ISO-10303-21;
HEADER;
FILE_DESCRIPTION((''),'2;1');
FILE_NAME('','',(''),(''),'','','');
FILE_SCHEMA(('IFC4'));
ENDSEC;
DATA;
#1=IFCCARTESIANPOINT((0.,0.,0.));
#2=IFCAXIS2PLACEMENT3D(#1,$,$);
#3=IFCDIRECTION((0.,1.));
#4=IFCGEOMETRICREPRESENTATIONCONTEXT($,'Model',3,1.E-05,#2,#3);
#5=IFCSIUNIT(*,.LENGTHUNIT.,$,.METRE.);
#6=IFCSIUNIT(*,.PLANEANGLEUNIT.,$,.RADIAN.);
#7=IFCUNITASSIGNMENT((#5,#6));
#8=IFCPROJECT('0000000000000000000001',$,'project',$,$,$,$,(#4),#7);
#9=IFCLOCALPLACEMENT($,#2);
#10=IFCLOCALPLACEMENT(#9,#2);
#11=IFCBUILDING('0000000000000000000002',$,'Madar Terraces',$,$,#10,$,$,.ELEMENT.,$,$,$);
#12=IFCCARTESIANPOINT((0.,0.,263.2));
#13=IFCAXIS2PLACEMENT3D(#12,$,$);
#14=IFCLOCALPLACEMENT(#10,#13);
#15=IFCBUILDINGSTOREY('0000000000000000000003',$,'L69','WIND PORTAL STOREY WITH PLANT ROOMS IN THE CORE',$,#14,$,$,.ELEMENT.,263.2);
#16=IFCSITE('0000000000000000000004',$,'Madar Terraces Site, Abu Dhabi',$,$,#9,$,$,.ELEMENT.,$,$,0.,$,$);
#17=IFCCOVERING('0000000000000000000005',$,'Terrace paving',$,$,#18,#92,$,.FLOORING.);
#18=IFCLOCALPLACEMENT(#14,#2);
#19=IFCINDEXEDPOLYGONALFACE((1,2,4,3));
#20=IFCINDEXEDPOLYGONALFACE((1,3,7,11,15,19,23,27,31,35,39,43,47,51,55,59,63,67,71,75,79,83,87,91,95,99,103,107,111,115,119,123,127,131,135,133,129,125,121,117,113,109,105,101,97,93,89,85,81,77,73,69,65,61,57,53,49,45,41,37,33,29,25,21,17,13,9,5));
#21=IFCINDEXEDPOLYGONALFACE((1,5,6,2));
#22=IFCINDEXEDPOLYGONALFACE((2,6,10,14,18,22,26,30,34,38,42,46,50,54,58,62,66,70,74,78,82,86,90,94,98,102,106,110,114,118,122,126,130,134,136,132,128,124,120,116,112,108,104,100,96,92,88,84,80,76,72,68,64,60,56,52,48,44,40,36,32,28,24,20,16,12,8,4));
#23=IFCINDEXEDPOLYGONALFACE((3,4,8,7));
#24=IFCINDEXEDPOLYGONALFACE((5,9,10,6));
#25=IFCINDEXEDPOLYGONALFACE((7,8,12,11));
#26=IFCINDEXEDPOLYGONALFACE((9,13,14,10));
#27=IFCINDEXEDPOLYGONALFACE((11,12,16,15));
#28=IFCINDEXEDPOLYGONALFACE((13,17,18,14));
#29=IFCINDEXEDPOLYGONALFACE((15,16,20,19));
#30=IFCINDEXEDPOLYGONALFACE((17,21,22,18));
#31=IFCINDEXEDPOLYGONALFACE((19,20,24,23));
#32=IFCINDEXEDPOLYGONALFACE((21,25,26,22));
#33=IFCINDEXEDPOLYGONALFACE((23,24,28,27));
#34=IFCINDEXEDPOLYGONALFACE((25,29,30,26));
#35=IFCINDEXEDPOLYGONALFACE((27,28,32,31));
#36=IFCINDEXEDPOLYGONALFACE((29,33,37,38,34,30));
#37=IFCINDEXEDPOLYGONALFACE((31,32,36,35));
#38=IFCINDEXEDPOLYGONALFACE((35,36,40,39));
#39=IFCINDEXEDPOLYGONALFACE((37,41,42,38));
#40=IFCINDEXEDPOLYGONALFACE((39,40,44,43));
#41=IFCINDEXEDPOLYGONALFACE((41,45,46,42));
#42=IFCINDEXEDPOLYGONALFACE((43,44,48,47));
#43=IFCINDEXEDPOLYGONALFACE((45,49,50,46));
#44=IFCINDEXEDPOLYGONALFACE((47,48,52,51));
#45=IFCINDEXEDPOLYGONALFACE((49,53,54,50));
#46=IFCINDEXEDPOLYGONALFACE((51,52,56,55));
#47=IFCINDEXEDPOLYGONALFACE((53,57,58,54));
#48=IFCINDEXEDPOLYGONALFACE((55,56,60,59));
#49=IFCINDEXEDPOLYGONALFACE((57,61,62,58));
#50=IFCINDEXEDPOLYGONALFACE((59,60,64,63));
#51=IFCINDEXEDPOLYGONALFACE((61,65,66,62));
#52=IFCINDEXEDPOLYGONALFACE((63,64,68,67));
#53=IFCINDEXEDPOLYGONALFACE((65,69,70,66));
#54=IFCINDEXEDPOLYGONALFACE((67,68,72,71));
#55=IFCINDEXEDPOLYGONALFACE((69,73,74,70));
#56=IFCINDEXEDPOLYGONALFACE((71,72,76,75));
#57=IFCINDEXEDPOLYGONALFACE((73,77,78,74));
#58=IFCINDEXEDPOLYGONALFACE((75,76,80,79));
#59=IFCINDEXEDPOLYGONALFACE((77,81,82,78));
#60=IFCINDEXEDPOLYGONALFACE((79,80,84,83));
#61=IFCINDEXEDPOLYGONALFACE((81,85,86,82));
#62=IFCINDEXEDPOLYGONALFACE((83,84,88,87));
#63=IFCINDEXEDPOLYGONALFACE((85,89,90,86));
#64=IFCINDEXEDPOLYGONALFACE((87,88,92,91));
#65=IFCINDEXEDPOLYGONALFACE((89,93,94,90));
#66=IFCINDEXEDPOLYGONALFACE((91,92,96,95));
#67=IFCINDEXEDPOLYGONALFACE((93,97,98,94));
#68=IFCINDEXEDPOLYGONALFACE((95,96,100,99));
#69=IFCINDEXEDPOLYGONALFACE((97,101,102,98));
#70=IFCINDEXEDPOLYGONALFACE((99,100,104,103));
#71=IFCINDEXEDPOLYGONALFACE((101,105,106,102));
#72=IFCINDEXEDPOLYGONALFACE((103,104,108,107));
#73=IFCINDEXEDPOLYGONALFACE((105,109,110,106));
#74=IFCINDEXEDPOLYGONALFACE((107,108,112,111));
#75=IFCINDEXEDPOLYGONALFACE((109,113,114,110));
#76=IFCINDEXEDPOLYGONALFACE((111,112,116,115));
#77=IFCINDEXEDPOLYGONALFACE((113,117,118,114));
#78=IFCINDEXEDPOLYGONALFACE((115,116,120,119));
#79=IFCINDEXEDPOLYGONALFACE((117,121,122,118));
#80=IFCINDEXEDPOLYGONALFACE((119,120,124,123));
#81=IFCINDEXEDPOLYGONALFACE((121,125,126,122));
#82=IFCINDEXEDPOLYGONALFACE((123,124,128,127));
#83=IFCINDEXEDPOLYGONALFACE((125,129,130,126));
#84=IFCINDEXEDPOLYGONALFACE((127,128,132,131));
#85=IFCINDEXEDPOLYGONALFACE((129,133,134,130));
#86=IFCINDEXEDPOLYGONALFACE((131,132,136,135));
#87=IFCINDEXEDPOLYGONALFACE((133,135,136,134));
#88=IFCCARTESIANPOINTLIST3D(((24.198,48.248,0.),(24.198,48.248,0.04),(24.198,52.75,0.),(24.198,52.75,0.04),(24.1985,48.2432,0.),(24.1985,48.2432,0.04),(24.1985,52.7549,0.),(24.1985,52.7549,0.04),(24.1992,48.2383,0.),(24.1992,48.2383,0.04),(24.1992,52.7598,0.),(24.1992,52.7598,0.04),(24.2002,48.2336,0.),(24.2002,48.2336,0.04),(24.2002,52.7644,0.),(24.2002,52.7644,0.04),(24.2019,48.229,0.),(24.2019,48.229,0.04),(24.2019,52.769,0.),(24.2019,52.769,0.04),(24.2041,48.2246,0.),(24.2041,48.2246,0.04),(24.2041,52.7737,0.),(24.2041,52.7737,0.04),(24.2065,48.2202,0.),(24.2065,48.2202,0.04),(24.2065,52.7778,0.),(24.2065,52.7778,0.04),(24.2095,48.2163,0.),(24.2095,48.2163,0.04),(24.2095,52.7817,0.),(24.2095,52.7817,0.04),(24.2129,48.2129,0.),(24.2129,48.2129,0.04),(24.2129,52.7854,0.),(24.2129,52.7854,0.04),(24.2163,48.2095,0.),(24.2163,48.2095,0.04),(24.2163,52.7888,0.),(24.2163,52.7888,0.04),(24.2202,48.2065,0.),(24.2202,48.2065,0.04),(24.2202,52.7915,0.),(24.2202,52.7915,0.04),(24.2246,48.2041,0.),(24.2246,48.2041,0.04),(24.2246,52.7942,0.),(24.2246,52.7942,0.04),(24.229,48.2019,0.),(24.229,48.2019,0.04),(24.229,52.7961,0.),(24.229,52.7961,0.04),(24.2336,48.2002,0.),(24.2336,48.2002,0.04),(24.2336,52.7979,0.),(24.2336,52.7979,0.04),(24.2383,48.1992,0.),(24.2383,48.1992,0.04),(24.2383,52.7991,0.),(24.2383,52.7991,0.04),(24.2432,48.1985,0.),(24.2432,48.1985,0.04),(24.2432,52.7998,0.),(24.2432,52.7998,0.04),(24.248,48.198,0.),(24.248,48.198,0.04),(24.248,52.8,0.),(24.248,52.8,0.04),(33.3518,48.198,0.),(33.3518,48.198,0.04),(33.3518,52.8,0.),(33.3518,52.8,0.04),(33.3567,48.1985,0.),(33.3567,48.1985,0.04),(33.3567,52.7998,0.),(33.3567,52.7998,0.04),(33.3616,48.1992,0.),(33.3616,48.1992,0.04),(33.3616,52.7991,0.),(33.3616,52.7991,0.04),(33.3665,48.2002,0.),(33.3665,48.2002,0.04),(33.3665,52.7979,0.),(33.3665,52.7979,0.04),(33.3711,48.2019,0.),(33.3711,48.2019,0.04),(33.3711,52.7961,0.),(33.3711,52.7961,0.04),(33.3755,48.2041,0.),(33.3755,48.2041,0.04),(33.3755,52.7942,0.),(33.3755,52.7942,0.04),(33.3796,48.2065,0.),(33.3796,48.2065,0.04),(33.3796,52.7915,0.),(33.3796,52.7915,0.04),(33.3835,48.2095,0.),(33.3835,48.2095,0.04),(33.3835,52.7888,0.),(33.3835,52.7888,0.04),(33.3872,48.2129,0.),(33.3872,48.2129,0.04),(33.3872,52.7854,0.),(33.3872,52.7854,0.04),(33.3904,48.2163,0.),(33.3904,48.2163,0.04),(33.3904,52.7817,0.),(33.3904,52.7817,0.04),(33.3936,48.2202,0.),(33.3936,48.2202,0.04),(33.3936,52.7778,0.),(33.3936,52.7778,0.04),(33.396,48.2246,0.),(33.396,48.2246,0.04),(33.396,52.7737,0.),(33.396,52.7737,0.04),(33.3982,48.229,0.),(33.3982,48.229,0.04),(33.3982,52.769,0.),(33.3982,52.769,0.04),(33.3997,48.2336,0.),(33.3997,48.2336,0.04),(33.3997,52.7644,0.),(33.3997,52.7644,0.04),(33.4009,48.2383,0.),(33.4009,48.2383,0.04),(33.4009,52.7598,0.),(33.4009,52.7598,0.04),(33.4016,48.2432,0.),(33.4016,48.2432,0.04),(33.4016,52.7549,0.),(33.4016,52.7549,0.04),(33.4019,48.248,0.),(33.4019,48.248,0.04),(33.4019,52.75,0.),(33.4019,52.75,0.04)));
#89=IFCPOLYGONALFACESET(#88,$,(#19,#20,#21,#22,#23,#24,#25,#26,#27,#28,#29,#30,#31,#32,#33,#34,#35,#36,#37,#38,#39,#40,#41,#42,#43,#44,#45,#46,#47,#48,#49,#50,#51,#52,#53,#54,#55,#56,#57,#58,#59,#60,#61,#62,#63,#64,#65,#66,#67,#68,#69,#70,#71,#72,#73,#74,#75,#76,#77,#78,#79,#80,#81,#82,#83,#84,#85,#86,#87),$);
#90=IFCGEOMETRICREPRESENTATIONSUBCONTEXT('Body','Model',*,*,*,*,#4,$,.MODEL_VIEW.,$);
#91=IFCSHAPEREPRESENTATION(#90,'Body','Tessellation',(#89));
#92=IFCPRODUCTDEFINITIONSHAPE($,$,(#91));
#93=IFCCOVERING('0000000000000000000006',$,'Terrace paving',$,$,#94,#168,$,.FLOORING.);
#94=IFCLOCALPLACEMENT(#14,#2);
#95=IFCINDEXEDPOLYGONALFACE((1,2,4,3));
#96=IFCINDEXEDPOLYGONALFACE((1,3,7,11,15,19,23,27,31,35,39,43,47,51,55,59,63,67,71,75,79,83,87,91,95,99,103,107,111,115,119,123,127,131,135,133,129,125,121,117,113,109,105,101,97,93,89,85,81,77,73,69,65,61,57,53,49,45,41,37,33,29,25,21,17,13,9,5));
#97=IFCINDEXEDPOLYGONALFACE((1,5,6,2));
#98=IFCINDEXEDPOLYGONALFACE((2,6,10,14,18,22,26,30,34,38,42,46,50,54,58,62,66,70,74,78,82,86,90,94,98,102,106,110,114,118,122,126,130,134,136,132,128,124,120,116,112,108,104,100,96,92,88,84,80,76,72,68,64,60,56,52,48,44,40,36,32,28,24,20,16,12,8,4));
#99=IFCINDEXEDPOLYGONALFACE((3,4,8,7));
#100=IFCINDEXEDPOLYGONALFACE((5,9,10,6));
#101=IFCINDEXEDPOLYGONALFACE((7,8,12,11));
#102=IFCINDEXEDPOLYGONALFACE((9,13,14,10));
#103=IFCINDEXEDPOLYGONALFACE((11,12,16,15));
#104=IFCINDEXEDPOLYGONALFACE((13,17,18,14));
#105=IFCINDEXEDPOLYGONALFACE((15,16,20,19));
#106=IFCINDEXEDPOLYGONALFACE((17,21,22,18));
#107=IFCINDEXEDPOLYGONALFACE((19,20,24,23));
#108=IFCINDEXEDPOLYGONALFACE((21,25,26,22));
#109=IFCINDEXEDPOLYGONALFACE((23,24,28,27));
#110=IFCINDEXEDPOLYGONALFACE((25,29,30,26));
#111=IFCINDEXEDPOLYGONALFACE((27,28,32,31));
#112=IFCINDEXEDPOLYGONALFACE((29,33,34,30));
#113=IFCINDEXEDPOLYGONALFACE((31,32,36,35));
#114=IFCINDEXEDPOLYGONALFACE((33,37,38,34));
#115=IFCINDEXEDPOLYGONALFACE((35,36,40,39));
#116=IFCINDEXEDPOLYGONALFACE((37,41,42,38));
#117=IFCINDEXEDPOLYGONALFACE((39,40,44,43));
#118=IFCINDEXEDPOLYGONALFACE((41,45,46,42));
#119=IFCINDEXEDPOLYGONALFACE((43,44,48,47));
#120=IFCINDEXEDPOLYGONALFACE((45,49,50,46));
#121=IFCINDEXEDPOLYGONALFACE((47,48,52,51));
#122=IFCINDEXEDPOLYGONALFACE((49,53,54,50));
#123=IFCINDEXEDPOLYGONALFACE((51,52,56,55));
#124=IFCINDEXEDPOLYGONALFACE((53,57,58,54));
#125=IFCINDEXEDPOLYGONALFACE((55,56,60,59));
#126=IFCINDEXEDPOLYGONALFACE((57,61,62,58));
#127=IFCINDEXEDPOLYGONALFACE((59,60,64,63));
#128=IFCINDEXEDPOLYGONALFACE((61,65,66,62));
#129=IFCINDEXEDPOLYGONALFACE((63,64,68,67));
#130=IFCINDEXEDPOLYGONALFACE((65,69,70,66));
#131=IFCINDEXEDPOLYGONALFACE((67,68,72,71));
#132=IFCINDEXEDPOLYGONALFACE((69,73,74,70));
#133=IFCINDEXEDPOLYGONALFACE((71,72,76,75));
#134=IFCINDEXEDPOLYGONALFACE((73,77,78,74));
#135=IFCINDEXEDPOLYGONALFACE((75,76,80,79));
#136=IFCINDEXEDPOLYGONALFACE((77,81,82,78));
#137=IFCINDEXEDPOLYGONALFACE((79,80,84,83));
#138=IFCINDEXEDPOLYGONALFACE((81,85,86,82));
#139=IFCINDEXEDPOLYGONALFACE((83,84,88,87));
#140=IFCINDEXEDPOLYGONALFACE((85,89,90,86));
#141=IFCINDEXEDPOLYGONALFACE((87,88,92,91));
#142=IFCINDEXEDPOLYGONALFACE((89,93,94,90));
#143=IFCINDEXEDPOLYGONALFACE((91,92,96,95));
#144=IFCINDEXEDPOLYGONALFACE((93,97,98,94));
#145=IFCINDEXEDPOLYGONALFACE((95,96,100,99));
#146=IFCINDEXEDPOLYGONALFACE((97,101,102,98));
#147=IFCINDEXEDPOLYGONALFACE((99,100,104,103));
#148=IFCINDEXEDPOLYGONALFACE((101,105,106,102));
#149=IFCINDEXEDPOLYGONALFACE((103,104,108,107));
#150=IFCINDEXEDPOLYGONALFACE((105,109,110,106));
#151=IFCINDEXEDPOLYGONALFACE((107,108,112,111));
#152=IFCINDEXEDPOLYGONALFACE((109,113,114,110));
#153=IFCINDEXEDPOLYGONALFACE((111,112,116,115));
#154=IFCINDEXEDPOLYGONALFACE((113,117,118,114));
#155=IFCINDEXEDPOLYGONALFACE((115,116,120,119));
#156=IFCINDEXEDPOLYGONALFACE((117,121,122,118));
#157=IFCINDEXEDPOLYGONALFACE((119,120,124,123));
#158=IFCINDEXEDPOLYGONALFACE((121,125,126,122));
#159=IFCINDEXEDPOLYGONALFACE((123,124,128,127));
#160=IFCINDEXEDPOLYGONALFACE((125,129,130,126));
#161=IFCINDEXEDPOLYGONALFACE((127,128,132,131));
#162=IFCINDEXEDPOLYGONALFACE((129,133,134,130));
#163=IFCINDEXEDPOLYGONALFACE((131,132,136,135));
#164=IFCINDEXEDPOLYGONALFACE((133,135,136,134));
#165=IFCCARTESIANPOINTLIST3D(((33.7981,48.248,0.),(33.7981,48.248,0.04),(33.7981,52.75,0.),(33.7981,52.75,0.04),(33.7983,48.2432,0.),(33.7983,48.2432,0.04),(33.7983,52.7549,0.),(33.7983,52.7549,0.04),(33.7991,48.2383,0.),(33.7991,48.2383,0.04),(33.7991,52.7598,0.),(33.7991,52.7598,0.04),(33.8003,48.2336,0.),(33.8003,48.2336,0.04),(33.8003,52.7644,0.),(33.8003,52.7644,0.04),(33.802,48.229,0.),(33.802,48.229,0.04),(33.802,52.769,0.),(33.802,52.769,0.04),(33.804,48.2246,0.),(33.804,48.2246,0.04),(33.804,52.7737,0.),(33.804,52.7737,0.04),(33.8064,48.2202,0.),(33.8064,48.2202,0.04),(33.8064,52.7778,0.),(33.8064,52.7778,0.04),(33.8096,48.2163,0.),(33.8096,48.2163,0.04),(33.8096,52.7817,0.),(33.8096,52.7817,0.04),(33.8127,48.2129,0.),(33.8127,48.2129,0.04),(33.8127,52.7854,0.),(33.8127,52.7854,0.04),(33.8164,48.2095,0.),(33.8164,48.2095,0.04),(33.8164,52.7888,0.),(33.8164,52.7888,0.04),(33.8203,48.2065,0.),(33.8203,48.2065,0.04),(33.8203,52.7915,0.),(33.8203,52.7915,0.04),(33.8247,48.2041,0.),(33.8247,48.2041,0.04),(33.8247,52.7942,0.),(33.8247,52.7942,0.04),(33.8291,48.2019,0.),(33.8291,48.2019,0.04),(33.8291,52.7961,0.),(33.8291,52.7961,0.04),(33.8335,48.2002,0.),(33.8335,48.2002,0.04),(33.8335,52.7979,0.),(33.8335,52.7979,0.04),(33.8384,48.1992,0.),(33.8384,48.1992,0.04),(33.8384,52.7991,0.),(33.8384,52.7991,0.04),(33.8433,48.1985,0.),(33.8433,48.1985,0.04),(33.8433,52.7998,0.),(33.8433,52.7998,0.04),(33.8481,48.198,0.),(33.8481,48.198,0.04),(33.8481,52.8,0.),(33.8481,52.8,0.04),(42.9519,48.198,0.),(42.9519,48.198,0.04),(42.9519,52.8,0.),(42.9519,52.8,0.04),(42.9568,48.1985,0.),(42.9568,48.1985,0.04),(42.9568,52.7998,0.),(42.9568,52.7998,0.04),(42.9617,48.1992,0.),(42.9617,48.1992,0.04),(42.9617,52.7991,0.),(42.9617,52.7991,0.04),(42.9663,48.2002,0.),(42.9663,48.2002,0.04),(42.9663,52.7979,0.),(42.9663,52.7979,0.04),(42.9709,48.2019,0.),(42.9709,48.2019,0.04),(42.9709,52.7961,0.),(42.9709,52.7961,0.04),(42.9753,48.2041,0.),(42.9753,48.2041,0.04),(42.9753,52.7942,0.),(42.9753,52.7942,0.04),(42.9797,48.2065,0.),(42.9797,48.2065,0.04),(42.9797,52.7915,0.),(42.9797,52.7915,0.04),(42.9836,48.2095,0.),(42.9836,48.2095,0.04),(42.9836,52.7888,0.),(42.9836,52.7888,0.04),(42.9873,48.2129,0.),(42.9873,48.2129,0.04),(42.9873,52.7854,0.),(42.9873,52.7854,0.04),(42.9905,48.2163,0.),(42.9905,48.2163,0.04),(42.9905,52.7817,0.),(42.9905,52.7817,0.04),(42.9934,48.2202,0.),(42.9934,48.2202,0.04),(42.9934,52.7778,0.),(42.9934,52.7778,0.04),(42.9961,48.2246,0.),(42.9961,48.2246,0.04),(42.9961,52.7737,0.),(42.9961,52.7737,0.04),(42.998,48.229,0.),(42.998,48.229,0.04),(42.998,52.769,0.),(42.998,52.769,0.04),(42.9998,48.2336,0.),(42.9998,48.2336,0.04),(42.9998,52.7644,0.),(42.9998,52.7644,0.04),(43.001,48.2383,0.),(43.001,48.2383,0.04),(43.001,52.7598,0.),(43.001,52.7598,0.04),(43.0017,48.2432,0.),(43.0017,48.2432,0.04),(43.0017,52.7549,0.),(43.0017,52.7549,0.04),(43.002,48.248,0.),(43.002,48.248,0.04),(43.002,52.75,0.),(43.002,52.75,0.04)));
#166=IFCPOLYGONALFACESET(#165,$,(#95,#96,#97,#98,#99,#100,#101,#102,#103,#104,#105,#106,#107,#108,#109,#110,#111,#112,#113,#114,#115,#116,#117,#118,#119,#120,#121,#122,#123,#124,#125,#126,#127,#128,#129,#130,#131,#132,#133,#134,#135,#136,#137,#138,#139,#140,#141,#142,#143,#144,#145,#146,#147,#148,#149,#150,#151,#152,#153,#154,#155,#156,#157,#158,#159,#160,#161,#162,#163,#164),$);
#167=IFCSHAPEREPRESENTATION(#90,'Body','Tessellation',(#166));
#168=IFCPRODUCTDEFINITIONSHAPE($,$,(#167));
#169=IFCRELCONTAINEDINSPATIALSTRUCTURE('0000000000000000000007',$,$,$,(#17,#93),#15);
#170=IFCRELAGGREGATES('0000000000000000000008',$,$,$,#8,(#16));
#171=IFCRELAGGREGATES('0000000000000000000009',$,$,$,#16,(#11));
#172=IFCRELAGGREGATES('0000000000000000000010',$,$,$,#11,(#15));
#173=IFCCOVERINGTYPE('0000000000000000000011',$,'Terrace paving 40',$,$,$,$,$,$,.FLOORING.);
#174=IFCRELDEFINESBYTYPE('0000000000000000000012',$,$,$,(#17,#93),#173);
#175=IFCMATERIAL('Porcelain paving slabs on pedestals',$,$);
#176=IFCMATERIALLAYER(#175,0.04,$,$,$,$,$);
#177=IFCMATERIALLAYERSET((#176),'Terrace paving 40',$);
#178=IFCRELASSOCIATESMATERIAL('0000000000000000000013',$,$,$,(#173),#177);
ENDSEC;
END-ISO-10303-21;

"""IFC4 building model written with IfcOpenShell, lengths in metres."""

from ifc_helpers import new_model, si_unit, direction, frame, origin, place, context, subcontext, project, spatial, polyline, outline, extrude, material, layer, layer_set, type_object, element, save


model = new_model("IFC4")

# Units and contexts
model_context = context("Model", 3, precision=1e-05, world=origin(), true_north=direction((0.0, 1.0)))
body_context = subcontext(model_context, "Body", "Model", "MODEL_VIEW")
ifc_project = project(units=[si_unit("LENGTHUNIT", "METRE"), si_unit("PLANEANGLEUNIT", "RADIAN")], contexts=[model_context])

# Site, building, storey
site_placement = place(None, origin())
site = spatial("IfcSite", under=ifc_project, at=site_placement, Name="Madar Terraces Site, Abu Dhabi", CompositionType="ELEMENT", RefElevation=0.0)
building_placement = place(site_placement, origin())
building = spatial("IfcBuilding", under=site, at=building_placement, Name="Madar Terraces", CompositionType="ELEMENT")
storey_placement = place(building_placement, frame((0.0, 0.0, 263.2)))
storey = spatial("IfcBuildingStorey", under=building, at=storey_placement, Name="L69", Description="WIND PORTAL STOREY WITH PLANT ROOMS IN THE CORE", CompositionType="ELEMENT", Elevation=263.2)

# Coverings
ifc_material_1 = material(Name="Porcelain paving slabs on pedestals")
ifc_layer_1 = layer(ifc_material_1, 0.04)
ifc_layer_set_1 = layer_set([ifc_layer_1], Name="Terrace paving 40")
covering_type = type_object("IfcCoveringType", Name="Terrace paving 40", PredefinedType="FLOORING", material=ifc_layer_set_1)
covering_1_placement = place(storey_placement, origin())
element("IfcCovering", 1, at=covering_1_placement, inside=storey, type_object=covering_type, Name="Terrace paving", PredefinedType="FLOORING", context=body_context, shape_type="SweptSolid", body=[
    extrude(outline(polyline([(33.3665, 52.7979), (33.3711, 52.7961), (33.3755, 52.7942), (33.3796, 52.7915), (33.3835, 52.7888), (33.3872, 52.7854), (33.3904, 52.7817), (33.3936, 52.7778), (33.396, 52.7737), (33.3982, 52.769), (33.3997, 52.7644), (33.4009, 52.7598), (33.4016, 52.7549), (33.4019, 52.75), (33.4019, 48.248), (33.4016, 48.2432), (33.4009, 48.2383), (33.3997, 48.2336), (33.3982, 48.229), (33.396, 48.2246), (33.3936, 48.2202), (33.3904, 48.2163), (33.3872, 48.2129), (33.3835, 48.2095), (33.3796, 48.2065), (33.3755, 48.2041), (33.3711, 48.2019), (33.3665, 48.2002), (33.3616, 48.1992), (33.3567, 48.1985), (33.3518, 48.198), (24.248, 48.198), (24.2432, 48.1985), (24.2383, 48.1992), (24.2336, 48.2002), (24.229, 48.2019), (24.2246, 48.2041), (24.2202, 48.2065), (24.2163, 48.2095), (24.2129, 48.2129), (24.2095, 48.2163), (24.2065, 48.2202), (24.2041, 48.2246), (24.2019, 48.229), (24.2002, 48.2336), (24.1992, 48.2383), (24.1985, 48.2432), (24.198, 48.248), (24.198, 52.75), (24.1985, 52.7549), (24.1992, 52.7598), (24.2002, 52.7644), (24.2019, 52.769), (24.2041, 52.7737), (24.2065, 52.7778), (24.2095, 52.7817), (24.2129, 52.7854), (24.2163, 52.7888), (24.2202, 52.7915), (24.2246, 52.7942), (24.229, 52.7961), (24.2336, 52.7979), (24.2383, 52.7991), (24.2432, 52.7998), (24.248, 52.8), (33.3518, 52.8), (33.3567, 52.7998), (33.3616, 52.7991), (33.3665, 52.7979)])), origin(), (0.0, 0.0, 1.0), 0.04),
])
covering_2_placement = place(storey_placement, origin())
element("IfcCovering", 2, at=covering_2_placement, inside=storey, type_object=covering_type, Name="Terrace paving", PredefinedType="FLOORING", context=body_context, shape_type="SweptSolid", body=[
    extrude(outline(polyline([(42.9663, 52.7979), (42.9709, 52.7961), (42.9753, 52.7942), (42.9797, 52.7915), (42.9836, 52.7888), (42.9873, 52.7854), (42.9905, 52.7817), (42.9934, 52.7778), (42.9961, 52.7737), (42.998, 52.769), (42.9998, 52.7644), (43.001, 52.7598), (43.0017, 52.7549), (43.002, 52.75), (43.002, 48.248), (43.0017, 48.2432), (43.001, 48.2383), (42.9998, 48.2336), (42.998, 48.229), (42.9961, 48.2246), (42.9934, 48.2202), (42.9905, 48.2163), (42.9873, 48.2129), (42.9836, 48.2095), (42.9797, 48.2065), (42.9753, 48.2041), (42.9709, 48.2019), (42.9663, 48.2002), (42.9617, 48.1992), (42.9568, 48.1985), (42.9519, 48.198), (33.8481, 48.198), (33.8433, 48.1985), (33.8384, 48.1992), (33.8335, 48.2002), (33.8291, 48.2019), (33.8247, 48.2041), (33.8203, 48.2065), (33.8164, 48.2095), (33.8127, 48.2129), (33.8096, 48.2163), (33.8064, 48.2202), (33.804, 48.2246), (33.802, 48.229), (33.8003, 48.2336), (33.7991, 48.2383), (33.7983, 48.2432), (33.7981, 48.248), (33.7981, 52.75), (33.7983, 52.7549), (33.7991, 52.7598), (33.8003, 52.7644), (33.802, 52.769), (33.804, 52.7737), (33.8064, 52.7778), (33.8096, 52.7817), (33.8127, 52.7854), (33.8164, 52.7888), (33.8203, 52.7915), (33.8247, 52.7942), (33.8291, 52.7961), (33.8335, 52.7979), (33.8384, 52.7991), (33.8433, 52.7998), (33.8481, 52.8), (42.9519, 52.8), (42.9568, 52.7998), (42.9617, 52.7991), (42.9663, 52.7979)])), origin(), (0.0, 0.0, 1.0), 0.04),
])

save(model, "model.ifc")
